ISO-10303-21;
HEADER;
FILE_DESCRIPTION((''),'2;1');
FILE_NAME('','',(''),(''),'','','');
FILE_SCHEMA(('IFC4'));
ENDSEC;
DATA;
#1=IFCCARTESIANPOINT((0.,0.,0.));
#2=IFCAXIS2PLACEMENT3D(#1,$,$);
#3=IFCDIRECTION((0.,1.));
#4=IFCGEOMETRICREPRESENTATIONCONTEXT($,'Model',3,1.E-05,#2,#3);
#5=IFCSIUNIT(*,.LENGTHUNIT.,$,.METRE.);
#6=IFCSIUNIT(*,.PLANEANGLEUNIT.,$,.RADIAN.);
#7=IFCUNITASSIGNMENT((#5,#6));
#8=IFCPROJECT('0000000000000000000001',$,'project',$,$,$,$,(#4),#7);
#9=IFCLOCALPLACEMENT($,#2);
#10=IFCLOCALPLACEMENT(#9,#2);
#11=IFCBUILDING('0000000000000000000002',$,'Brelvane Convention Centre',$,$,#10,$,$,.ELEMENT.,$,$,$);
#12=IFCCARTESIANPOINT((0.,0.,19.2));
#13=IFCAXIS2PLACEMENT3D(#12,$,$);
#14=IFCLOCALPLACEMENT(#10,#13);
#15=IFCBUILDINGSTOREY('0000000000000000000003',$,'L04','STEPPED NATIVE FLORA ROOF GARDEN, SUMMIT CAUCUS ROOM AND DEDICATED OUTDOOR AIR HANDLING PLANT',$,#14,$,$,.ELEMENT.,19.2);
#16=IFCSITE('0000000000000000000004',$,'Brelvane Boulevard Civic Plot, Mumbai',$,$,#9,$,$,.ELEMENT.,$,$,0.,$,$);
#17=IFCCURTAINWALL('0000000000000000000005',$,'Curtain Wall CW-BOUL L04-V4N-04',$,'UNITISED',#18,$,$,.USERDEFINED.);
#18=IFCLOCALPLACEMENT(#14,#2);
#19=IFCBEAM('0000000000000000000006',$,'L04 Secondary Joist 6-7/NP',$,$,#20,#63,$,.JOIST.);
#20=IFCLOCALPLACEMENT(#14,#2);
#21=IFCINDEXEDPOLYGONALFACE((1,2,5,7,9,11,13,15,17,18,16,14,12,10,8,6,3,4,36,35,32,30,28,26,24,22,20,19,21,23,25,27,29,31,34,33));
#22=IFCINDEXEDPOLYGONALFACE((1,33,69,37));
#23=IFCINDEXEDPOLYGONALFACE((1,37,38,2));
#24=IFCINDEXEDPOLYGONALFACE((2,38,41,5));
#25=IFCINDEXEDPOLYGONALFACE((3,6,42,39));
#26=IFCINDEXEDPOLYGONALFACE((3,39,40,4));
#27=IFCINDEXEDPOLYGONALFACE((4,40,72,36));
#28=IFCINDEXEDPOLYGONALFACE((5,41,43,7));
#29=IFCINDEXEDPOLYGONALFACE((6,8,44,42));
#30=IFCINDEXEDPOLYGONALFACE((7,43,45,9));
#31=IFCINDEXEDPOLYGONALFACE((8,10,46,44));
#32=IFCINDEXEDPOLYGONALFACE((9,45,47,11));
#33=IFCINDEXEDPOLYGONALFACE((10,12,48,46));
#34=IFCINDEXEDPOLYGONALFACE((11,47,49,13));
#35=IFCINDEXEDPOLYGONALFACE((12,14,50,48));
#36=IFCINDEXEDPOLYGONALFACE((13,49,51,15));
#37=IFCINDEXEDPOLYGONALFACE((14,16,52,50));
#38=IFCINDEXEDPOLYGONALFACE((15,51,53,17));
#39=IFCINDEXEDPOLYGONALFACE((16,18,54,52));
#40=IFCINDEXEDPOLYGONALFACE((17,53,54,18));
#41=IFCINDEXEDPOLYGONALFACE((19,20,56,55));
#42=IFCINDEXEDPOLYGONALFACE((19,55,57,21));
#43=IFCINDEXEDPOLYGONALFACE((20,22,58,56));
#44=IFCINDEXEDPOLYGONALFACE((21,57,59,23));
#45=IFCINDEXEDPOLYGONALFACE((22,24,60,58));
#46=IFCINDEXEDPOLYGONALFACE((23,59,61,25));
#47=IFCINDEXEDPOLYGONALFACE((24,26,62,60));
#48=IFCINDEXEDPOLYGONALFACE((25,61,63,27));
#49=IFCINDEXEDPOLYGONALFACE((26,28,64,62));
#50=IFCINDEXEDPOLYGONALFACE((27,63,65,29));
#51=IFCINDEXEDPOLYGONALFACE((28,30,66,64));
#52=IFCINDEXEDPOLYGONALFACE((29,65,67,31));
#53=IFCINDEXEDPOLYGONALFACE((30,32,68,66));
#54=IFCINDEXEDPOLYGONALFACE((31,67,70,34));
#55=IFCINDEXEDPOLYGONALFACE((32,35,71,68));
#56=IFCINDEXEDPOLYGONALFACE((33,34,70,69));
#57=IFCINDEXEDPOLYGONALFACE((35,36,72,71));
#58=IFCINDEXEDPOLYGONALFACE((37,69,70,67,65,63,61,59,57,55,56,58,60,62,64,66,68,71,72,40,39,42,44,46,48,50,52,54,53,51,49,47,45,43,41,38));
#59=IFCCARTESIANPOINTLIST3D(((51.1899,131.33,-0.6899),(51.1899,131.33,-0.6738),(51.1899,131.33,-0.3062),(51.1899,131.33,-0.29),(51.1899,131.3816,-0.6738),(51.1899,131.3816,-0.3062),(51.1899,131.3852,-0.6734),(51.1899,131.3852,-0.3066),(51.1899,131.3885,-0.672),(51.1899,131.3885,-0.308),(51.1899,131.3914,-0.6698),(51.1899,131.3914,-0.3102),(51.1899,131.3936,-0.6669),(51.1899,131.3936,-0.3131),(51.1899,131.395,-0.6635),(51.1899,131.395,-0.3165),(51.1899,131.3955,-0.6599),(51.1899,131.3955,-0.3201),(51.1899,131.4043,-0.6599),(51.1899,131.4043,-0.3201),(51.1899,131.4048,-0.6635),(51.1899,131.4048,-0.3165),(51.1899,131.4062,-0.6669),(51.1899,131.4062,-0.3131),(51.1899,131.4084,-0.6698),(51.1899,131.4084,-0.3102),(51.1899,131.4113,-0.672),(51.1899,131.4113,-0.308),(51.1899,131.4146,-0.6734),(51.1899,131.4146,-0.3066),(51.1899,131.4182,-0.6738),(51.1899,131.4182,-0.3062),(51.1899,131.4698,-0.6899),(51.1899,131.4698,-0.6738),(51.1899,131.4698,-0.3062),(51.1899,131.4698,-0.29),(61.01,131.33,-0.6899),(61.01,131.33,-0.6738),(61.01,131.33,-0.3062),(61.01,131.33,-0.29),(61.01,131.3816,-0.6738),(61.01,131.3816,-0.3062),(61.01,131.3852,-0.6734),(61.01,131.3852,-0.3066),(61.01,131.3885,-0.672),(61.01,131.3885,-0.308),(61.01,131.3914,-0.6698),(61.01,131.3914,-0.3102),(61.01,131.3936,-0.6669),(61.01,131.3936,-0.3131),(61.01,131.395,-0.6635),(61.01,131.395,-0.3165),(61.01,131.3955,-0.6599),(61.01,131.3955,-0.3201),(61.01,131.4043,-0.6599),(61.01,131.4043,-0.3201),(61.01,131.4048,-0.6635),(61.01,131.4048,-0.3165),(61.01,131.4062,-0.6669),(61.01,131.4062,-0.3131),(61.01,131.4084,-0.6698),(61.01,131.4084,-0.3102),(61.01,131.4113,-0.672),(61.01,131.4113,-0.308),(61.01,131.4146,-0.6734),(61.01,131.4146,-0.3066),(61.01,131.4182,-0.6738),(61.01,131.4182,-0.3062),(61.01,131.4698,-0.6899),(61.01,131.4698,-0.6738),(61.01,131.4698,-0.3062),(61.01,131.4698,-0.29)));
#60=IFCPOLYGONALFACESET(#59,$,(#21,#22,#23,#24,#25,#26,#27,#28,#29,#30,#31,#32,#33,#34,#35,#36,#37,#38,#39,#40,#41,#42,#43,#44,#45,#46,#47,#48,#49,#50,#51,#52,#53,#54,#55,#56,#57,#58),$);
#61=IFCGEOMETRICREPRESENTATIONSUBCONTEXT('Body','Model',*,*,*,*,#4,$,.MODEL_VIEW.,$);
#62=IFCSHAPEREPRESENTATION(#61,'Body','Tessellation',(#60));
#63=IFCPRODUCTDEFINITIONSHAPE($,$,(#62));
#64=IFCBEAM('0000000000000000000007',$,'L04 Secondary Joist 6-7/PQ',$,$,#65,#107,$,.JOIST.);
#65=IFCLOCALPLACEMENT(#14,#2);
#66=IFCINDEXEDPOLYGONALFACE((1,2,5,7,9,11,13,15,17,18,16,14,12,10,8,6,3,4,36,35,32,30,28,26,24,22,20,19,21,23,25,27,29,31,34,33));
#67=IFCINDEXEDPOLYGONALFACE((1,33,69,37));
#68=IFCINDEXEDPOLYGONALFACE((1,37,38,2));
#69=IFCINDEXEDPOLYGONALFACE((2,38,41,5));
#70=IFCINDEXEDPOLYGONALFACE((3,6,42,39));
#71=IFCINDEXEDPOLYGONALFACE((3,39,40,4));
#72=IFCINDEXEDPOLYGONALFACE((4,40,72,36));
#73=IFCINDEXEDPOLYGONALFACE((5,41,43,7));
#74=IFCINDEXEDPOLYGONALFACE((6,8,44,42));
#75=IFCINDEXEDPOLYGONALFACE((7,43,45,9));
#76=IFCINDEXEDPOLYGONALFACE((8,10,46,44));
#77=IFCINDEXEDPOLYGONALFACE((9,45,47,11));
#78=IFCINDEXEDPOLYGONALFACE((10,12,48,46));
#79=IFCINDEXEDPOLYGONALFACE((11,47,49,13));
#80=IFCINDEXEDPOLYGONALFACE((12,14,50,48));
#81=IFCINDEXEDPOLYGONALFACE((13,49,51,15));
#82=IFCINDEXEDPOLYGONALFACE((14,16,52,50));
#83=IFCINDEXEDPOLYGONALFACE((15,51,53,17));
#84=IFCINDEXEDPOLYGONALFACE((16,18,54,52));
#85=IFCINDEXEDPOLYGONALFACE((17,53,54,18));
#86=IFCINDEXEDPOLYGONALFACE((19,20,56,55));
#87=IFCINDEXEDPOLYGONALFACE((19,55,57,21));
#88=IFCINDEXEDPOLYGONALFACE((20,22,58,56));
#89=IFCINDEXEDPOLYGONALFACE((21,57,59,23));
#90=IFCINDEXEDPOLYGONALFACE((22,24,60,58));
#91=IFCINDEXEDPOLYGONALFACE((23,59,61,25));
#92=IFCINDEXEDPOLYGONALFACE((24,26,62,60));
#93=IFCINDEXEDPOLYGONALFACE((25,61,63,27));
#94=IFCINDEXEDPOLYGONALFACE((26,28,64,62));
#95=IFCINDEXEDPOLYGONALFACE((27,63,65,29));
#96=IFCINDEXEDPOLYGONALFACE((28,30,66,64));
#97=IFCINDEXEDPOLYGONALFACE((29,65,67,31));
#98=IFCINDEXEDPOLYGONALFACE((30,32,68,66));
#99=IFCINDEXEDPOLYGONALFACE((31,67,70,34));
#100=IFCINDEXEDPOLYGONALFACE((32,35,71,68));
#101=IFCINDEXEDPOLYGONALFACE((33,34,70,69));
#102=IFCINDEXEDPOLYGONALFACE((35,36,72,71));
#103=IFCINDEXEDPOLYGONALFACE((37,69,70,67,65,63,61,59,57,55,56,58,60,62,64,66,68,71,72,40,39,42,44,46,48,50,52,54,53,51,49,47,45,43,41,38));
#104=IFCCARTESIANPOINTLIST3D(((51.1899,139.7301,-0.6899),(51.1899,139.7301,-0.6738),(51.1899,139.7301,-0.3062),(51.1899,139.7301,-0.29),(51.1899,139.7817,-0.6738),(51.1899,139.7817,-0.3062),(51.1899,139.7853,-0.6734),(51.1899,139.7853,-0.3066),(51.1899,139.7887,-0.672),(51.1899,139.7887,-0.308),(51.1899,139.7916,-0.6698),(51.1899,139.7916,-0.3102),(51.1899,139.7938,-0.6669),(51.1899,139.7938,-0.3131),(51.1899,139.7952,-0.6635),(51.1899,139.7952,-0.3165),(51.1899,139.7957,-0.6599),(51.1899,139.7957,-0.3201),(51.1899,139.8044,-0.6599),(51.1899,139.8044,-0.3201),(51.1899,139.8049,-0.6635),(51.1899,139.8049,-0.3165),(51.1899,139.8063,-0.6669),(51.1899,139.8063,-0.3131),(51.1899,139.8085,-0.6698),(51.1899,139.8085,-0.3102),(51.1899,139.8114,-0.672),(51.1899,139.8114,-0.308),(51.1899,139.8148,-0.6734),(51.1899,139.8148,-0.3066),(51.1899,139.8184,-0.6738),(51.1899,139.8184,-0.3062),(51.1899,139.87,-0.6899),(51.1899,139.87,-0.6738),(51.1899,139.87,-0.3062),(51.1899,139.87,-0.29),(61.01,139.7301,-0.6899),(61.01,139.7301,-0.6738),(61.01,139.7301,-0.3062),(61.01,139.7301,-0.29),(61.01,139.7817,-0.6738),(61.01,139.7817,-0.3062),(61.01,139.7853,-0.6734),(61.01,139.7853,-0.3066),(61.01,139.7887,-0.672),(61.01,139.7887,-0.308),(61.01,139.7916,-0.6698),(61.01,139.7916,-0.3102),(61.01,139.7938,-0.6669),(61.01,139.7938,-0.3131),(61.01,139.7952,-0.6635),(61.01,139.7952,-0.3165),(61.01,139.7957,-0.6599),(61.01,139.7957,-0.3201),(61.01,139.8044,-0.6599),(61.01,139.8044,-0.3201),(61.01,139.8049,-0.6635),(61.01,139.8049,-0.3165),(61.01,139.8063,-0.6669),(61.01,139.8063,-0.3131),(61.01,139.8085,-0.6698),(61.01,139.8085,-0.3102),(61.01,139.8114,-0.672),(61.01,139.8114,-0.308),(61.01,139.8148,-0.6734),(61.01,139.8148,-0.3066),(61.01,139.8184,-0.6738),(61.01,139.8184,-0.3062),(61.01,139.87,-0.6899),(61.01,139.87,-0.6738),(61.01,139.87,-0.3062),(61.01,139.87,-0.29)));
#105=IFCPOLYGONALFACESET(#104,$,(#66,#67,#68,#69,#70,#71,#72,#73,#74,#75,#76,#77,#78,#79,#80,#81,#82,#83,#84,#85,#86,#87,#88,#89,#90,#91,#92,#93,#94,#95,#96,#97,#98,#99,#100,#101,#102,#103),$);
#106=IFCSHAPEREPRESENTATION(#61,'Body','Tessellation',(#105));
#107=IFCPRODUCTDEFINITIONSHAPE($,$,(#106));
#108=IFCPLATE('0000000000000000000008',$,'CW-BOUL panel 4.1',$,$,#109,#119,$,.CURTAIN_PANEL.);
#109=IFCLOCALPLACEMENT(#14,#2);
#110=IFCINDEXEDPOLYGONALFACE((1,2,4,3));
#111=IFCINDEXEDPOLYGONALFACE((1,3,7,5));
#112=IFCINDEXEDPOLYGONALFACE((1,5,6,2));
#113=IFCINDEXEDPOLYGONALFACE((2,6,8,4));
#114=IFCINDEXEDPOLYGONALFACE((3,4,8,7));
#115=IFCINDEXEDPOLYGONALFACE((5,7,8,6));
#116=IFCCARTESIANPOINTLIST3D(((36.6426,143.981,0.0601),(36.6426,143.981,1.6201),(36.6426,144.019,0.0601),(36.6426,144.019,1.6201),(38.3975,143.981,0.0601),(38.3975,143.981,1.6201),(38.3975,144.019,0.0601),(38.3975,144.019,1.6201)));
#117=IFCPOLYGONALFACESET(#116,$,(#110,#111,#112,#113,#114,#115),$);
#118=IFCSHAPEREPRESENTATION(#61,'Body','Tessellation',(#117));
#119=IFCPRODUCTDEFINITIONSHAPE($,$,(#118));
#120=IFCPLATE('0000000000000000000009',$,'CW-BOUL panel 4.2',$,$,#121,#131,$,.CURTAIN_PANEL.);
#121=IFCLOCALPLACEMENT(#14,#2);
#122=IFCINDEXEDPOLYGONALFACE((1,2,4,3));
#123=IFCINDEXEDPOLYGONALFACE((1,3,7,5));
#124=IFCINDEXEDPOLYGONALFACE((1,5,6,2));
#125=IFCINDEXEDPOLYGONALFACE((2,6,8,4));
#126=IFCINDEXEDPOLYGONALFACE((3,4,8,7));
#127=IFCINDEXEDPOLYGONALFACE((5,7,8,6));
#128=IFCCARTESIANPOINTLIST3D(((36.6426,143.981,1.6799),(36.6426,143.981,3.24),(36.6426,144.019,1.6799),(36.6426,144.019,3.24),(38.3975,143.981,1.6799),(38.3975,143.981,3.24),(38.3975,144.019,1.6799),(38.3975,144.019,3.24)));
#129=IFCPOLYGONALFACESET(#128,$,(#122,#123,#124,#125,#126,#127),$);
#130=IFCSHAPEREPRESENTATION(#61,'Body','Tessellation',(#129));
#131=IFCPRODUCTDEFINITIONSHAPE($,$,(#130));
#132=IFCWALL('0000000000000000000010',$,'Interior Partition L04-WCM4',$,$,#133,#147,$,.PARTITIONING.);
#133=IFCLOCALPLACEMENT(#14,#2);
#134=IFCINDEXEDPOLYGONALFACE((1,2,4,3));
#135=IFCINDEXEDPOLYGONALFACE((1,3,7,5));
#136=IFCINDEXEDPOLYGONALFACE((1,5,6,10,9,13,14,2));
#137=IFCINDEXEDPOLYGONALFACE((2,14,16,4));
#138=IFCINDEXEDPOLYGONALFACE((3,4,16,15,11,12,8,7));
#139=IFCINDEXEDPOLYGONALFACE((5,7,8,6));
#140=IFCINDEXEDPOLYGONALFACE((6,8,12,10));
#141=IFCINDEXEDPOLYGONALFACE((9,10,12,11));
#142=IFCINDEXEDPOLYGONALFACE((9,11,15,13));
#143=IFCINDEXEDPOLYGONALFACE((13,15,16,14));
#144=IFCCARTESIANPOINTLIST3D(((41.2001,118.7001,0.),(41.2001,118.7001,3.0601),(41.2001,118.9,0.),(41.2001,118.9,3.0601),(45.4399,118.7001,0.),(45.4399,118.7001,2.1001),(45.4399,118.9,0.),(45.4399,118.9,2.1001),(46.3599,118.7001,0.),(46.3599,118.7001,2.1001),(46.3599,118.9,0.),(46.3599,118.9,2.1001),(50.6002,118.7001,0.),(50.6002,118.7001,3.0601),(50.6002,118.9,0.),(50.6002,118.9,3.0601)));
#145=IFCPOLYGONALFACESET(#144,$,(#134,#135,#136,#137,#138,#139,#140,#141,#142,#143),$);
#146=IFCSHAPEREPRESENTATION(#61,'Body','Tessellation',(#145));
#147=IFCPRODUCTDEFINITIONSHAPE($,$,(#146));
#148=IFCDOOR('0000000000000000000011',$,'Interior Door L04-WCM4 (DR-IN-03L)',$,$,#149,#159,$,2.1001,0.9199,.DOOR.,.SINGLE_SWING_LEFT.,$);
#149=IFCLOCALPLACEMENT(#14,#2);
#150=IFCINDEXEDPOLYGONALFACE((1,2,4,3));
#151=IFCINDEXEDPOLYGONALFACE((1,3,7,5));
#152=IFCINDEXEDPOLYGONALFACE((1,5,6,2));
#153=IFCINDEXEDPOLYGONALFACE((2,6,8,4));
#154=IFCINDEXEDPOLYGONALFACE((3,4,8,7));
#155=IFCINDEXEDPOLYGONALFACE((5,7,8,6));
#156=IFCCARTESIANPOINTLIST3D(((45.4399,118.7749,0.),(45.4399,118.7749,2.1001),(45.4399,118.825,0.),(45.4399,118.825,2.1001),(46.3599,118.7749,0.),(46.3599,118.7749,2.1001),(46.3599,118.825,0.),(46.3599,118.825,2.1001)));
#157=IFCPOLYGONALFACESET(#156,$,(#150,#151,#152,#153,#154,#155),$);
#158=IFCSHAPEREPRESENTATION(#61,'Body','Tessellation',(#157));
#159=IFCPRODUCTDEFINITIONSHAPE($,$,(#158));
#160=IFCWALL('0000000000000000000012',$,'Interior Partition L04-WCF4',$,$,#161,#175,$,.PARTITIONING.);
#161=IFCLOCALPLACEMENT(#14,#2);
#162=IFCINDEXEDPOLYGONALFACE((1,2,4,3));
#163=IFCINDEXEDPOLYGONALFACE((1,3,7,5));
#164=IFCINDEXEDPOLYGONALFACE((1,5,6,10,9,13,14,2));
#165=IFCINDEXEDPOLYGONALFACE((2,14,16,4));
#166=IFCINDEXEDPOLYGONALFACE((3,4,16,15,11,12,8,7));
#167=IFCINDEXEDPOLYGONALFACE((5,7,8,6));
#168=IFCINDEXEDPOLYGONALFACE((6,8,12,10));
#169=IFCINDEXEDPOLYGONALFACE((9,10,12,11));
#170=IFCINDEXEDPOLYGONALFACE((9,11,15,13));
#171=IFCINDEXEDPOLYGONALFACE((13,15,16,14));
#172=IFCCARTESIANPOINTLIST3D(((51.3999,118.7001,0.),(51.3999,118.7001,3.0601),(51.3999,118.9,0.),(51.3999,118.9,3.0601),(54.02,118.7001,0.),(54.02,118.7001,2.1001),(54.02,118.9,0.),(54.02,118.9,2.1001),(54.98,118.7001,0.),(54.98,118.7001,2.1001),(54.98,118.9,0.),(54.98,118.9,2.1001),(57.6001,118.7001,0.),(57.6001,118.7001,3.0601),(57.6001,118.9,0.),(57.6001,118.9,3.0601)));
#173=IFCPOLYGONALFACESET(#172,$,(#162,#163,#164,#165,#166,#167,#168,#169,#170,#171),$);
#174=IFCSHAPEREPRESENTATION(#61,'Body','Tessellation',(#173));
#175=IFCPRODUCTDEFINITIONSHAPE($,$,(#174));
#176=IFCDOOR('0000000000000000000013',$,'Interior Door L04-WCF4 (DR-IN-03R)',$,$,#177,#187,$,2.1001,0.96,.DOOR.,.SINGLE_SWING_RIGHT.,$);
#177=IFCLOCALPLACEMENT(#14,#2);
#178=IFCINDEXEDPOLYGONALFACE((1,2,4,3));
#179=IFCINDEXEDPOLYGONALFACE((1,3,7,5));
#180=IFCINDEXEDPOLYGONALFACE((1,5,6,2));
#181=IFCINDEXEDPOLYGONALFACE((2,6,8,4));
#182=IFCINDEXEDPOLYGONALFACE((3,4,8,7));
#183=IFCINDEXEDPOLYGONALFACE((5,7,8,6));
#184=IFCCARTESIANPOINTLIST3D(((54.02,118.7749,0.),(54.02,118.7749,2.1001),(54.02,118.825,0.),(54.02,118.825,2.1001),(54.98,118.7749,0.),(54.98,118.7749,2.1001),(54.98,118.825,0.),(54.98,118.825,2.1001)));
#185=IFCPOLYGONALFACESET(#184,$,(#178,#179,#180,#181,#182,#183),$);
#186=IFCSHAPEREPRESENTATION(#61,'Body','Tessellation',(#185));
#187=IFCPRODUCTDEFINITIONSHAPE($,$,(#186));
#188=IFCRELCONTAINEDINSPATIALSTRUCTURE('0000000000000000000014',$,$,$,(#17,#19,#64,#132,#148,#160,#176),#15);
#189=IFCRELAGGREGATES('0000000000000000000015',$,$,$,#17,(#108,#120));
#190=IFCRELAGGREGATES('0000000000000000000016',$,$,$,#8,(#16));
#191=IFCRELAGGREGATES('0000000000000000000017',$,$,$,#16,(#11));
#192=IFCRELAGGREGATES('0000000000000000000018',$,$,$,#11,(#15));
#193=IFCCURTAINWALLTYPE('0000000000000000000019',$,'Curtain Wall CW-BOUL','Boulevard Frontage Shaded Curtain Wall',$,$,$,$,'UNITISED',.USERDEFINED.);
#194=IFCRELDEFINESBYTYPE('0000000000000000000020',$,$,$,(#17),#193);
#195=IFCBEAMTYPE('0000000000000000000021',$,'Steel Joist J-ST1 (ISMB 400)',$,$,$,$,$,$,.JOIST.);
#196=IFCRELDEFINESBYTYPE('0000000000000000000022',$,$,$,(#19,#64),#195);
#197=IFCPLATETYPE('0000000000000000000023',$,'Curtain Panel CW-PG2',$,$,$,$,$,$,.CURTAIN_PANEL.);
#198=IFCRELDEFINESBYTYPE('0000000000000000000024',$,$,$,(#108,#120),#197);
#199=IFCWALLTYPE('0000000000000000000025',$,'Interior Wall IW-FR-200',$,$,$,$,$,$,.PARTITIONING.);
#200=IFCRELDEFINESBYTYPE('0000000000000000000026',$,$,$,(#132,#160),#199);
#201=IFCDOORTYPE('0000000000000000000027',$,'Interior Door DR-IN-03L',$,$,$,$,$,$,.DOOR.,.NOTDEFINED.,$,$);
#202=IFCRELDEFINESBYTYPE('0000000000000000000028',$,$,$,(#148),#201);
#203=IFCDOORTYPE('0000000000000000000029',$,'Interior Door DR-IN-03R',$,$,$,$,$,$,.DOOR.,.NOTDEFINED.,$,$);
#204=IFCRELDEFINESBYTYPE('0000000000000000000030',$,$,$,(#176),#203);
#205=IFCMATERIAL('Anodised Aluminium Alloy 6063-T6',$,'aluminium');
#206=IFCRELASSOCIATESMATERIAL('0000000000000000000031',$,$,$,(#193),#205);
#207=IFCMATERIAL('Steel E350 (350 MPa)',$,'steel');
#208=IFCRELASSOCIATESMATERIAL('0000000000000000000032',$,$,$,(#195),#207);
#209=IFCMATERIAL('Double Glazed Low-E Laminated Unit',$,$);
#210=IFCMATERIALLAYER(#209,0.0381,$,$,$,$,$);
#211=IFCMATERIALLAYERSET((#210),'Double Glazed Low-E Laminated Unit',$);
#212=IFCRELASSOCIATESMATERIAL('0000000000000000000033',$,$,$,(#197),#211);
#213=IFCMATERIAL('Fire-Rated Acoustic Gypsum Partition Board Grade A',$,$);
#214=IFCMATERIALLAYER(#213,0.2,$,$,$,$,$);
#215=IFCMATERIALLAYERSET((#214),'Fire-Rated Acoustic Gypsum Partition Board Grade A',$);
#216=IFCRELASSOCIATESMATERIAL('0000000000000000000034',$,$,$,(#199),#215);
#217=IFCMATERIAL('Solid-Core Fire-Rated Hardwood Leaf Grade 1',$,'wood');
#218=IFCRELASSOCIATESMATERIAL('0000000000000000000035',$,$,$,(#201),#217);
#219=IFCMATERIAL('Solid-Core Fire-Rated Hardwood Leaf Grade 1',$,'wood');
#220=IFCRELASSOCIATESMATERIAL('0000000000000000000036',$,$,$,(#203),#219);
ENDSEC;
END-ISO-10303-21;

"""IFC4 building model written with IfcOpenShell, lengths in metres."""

from ifc_helpers import new_model, si_unit, direction, frame, frame_2d, origin, origin_2d, place, context, subcontext, project, spatial, rectangle, i_section, extrude, material, layer, layer_set, material_profile, profile_set, type_object, element, fill, aggregate, save


model = new_model("IFC4")

# Units and contexts
model_context = context("Model", 3, precision=1e-05, world=origin(), true_north=direction((0.0, 1.0)))
body_context = subcontext(model_context, "Body", "Model", "MODEL_VIEW")
ifc_project = project(units=[si_unit("LENGTHUNIT", "METRE"), si_unit("PLANEANGLEUNIT", "RADIAN")], contexts=[model_context])

# Site, building, storey
site_placement = place(None, origin())
site = spatial("IfcSite", under=ifc_project, at=site_placement, Name="Brelvane Boulevard Civic Plot, Mumbai", CompositionType="ELEMENT", RefElevation=0.0)
building_placement = place(site_placement, origin())
building = spatial("IfcBuilding", under=site, at=building_placement, Name="Brelvane Convention Centre", CompositionType="ELEMENT")
storey_placement = place(building_placement, frame((0.0, 0.0, 19.2)))
storey = spatial("IfcBuildingStorey", under=building, at=storey_placement, Name="L04", Description="STEPPED NATIVE FLORA ROOF GARDEN, SUMMIT CAUCUS ROOM AND DEDICATED OUTDOOR AIR HANDLING PLANT", CompositionType="ELEMENT", Elevation=19.2)

# Curtain wall
ifc_material_1 = material(Name="Anodised Aluminium Alloy 6063-T6", Category="aluminium")
curtain_wall_type = type_object("IfcCurtainWallType", Name="Curtain Wall CW-BOUL", Description="Boulevard Frontage Shaded Curtain Wall", ElementType="UNITISED", PredefinedType="USERDEFINED", material=ifc_material_1)
curtain_wall_placement = place(storey_placement, origin())
curtain_wall = element("IfcCurtainWall", 1, at=curtain_wall_placement, inside=storey, type_object=curtain_wall_type, Name="Curtain Wall CW-BOUL L04-V4N-04", ObjectType="UNITISED", PredefinedType="USERDEFINED")

# Beams
ifc_material_2 = material(Name="Steel E350 (350 MPa)", Category="steel")
ifc_material_profile_1 = material_profile(ifc_material_2, i_section(OverallWidth=0.1399, OverallDepth=0.3999, WebThickness=0.0088, FlangeThickness=0.0161, FilletRadius=0.0139, at=origin_2d()), Name="ISMB 400")
ifc_profile_set_1 = profile_set([ifc_material_profile_1], Name="Steel E350 (350 MPa)")
beam_type_1 = type_object("IfcBeamType", Name="Steel Joist J-ST1 (ISMB 400)", PredefinedType="JOIST", material=ifc_profile_set_1)
for number, where, z_axis, x_axis, name in (
    (2, (51.1899, 131.3999, -0.49), (1.0, 0.0, 0.0), (0.0, 1.0, 0.0), "L04 Secondary Joist 6-7/NP"),
    (3, (51.1899, 139.8, -0.49), (1.0, 0.0, 0.0), (0.0, 1.0, 0.0), "L04 Secondary Joist 6-7/PQ"),
):
    element("IfcBeam", number, at=place(storey_placement, frame(where, z_axis=z_axis, x_axis=x_axis)), inside=storey, type_object=beam_type_1, Name=name, PredefinedType="JOIST", context=body_context, shape_type="SweptSolid", body=[
        extrude(i_section(OverallWidth=0.1399, OverallDepth=0.3999, WebThickness=0.0088, FlangeThickness=0.0161, FilletRadius=0.0139, at=origin_2d()), origin(), (0.0, 0.0, 1.0), 9.8201),
    ])

# Plates
ifc_material_3 = material(Name="Double Glazed Low-E Laminated Unit")
ifc_layer_1 = layer(ifc_material_3, 0.0381)
ifc_layer_set_1 = layer_set([ifc_layer_1], Name="Double Glazed Low-E Laminated Unit")
plate_type = type_object("IfcPlateType", Name="Curtain Panel CW-PG2", PredefinedType="CURTAIN_PANEL", material=ifc_layer_set_1)
plate_1_placement = place(storey_placement, frame((37.52, 144.0, 0.0601), z_axis=(0.0, 0.0, 1.0), x_axis=(1.0, 0.0, 0.0)))
plate_1 = element("IfcPlate", 4, at=plate_1_placement, type_object=plate_type, Name="CW-BOUL panel 4.1", PredefinedType="CURTAIN_PANEL", context=body_context, shape_type="SweptSolid", body=[
    extrude(rectangle(XDim=1.7549, YDim=0.0381, at=origin_2d()), origin(), (0.0, 0.0, 1.0), 1.5601),
])
plate_2_placement = place(storey_placement, frame((37.52, 144.0, 1.6799), z_axis=(0.0, 0.0, 1.0), x_axis=(1.0, 0.0, 0.0)))
plate_2 = element("IfcPlate", 5, at=plate_2_placement, type_object=plate_type, Name="CW-BOUL panel 4.2", PredefinedType="CURTAIN_PANEL", context=body_context, shape_type="SweptSolid", body=[
    extrude(rectangle(XDim=1.7549, YDim=0.0381, at=origin_2d()), origin(), (0.0, 0.0, 1.0), 1.5601),
])
aggregate(curtain_wall, [plate_1, plate_2])

# Walls, openings, doors
ifc_material_4 = material(Name="Fire-Rated Acoustic Gypsum Partition Board Grade A")
ifc_layer_2 = layer(ifc_material_4, 0.2)
ifc_layer_set_2 = layer_set([ifc_layer_2], Name="Fire-Rated Acoustic Gypsum Partition Board Grade A")
wall_type_1 = type_object("IfcWallType", Name="Interior Wall IW-FR-200", PredefinedType="PARTITIONING", material=ifc_layer_set_2)
wall_1_placement = place(storey_placement, frame((41.2, 118.8, 0.0), z_axis=(0.0, 0.0, 1.0), x_axis=(1.0, 0.0, 0.0)))
wall_1 = element("IfcWall", 6, at=wall_1_placement, inside=storey, type_object=wall_type_1, Name="Interior Partition L04-WCM4", PredefinedType="PARTITIONING", context=body_context, shape_type="SweptSolid", body=[
    extrude(rectangle(XDim=9.4001, YDim=0.2, at=frame_2d((4.7002, 0.0))), origin(), (0.0, 0.0, 1.0), 3.0601),
])
opening_1_placement = place(wall_1_placement, frame((4.24, 0.0, 0.0)))
opening_1 = element("IfcOpeningElement", 7, at=opening_1_placement, cuts=wall_1, PredefinedType="OPENING", context=body_context, shape_type="SweptSolid", body=[
    extrude(rectangle(XDim=0.9199, YDim=2.1001, at=frame_2d((0.46, 1.05))), frame((0.0, 0.1099, 0.0), z_axis=(0.0, -1.0, 0.0), x_axis=(1.0, 0.0, 0.0)), (0.0, 0.0, 1.0), 0.22),
])
ifc_material_5 = material(Name="Solid-Core Fire-Rated Hardwood Leaf Grade 1", Category="wood")
door_type_1 = type_object("IfcDoorType", Name="Interior Door DR-IN-03L", OperationType="NOTDEFINED", PredefinedType="DOOR", material=ifc_material_5)
door_1_placement = place(opening_1_placement, origin())
door_1 = element("IfcDoor", 8, at=door_1_placement, inside=storey, type_object=door_type_1, Name="Interior Door L04-WCM4 (DR-IN-03L)", OperationType="SINGLE_SWING_LEFT", OverallHeight=2.1001, OverallWidth=0.9199, PredefinedType="DOOR", context=body_context, shape_type="SweptSolid", body=[
    extrude(rectangle(XDim=0.9199, YDim=2.1001, at=frame_2d((0.46, 1.05))), frame((0.0, 0.0249, 0.0), z_axis=(0.0, -1.0, 0.0), x_axis=(1.0, 0.0, 0.0)), (0.0, 0.0, 1.0), 0.05),
])
fill(opening_1, door_1)
wall_2_placement = place(storey_placement, frame((51.3999, 118.8, 0.0), z_axis=(0.0, 0.0, 1.0), x_axis=(1.0, 0.0, 0.0)))
wall_2 = element("IfcWall", 9, at=wall_2_placement, inside=storey, type_object=wall_type_1, Name="Interior Partition L04-WCF4", PredefinedType="PARTITIONING", context=body_context, shape_type="SweptSolid", body=[
    extrude(rectangle(XDim=6.2002, YDim=0.2, at=frame_2d((3.1001, 0.0))), origin(), (0.0, 0.0, 1.0), 3.0601),
])
opening_2_placement = place(wall_2_placement, frame((2.6201, 0.0, 0.0)))
opening_2 = element("IfcOpeningElement", 10, at=opening_2_placement, cuts=wall_2, PredefinedType="OPENING", context=body_context, shape_type="SweptSolid", body=[
    extrude(rectangle(XDim=0.96, YDim=2.1001, at=frame_2d((0.48, 1.05))), frame((0.0, 0.1099, 0.0), z_axis=(0.0, -1.0, 0.0), x_axis=(1.0, 0.0, 0.0)), (0.0, 0.0, 1.0), 0.22),
])
ifc_material_6 = material(Name="Solid-Core Fire-Rated Hardwood Leaf Grade 1", Category="wood")
door_type_2 = type_object("IfcDoorType", Name="Interior Door DR-IN-03R", OperationType="NOTDEFINED", PredefinedType="DOOR", material=ifc_material_6)
door_2_placement = place(opening_2_placement, origin())
door_2 = element("IfcDoor", 11, at=door_2_placement, inside=storey, type_object=door_type_2, Name="Interior Door L04-WCF4 (DR-IN-03R)", OperationType="SINGLE_SWING_RIGHT", OverallHeight=2.1001, OverallWidth=0.96, PredefinedType="DOOR", context=body_context, shape_type="SweptSolid", body=[
    extrude(rectangle(XDim=0.96, YDim=2.1001, at=frame_2d((0.48, 1.05))), frame((0.0, 0.0249, 0.0), z_axis=(0.0, -1.0, 0.0), x_axis=(1.0, 0.0, 0.0)), (0.0, 0.0, 1.0), 0.05),
])
fill(opening_2, door_2)

save(model, "model.ifc")
